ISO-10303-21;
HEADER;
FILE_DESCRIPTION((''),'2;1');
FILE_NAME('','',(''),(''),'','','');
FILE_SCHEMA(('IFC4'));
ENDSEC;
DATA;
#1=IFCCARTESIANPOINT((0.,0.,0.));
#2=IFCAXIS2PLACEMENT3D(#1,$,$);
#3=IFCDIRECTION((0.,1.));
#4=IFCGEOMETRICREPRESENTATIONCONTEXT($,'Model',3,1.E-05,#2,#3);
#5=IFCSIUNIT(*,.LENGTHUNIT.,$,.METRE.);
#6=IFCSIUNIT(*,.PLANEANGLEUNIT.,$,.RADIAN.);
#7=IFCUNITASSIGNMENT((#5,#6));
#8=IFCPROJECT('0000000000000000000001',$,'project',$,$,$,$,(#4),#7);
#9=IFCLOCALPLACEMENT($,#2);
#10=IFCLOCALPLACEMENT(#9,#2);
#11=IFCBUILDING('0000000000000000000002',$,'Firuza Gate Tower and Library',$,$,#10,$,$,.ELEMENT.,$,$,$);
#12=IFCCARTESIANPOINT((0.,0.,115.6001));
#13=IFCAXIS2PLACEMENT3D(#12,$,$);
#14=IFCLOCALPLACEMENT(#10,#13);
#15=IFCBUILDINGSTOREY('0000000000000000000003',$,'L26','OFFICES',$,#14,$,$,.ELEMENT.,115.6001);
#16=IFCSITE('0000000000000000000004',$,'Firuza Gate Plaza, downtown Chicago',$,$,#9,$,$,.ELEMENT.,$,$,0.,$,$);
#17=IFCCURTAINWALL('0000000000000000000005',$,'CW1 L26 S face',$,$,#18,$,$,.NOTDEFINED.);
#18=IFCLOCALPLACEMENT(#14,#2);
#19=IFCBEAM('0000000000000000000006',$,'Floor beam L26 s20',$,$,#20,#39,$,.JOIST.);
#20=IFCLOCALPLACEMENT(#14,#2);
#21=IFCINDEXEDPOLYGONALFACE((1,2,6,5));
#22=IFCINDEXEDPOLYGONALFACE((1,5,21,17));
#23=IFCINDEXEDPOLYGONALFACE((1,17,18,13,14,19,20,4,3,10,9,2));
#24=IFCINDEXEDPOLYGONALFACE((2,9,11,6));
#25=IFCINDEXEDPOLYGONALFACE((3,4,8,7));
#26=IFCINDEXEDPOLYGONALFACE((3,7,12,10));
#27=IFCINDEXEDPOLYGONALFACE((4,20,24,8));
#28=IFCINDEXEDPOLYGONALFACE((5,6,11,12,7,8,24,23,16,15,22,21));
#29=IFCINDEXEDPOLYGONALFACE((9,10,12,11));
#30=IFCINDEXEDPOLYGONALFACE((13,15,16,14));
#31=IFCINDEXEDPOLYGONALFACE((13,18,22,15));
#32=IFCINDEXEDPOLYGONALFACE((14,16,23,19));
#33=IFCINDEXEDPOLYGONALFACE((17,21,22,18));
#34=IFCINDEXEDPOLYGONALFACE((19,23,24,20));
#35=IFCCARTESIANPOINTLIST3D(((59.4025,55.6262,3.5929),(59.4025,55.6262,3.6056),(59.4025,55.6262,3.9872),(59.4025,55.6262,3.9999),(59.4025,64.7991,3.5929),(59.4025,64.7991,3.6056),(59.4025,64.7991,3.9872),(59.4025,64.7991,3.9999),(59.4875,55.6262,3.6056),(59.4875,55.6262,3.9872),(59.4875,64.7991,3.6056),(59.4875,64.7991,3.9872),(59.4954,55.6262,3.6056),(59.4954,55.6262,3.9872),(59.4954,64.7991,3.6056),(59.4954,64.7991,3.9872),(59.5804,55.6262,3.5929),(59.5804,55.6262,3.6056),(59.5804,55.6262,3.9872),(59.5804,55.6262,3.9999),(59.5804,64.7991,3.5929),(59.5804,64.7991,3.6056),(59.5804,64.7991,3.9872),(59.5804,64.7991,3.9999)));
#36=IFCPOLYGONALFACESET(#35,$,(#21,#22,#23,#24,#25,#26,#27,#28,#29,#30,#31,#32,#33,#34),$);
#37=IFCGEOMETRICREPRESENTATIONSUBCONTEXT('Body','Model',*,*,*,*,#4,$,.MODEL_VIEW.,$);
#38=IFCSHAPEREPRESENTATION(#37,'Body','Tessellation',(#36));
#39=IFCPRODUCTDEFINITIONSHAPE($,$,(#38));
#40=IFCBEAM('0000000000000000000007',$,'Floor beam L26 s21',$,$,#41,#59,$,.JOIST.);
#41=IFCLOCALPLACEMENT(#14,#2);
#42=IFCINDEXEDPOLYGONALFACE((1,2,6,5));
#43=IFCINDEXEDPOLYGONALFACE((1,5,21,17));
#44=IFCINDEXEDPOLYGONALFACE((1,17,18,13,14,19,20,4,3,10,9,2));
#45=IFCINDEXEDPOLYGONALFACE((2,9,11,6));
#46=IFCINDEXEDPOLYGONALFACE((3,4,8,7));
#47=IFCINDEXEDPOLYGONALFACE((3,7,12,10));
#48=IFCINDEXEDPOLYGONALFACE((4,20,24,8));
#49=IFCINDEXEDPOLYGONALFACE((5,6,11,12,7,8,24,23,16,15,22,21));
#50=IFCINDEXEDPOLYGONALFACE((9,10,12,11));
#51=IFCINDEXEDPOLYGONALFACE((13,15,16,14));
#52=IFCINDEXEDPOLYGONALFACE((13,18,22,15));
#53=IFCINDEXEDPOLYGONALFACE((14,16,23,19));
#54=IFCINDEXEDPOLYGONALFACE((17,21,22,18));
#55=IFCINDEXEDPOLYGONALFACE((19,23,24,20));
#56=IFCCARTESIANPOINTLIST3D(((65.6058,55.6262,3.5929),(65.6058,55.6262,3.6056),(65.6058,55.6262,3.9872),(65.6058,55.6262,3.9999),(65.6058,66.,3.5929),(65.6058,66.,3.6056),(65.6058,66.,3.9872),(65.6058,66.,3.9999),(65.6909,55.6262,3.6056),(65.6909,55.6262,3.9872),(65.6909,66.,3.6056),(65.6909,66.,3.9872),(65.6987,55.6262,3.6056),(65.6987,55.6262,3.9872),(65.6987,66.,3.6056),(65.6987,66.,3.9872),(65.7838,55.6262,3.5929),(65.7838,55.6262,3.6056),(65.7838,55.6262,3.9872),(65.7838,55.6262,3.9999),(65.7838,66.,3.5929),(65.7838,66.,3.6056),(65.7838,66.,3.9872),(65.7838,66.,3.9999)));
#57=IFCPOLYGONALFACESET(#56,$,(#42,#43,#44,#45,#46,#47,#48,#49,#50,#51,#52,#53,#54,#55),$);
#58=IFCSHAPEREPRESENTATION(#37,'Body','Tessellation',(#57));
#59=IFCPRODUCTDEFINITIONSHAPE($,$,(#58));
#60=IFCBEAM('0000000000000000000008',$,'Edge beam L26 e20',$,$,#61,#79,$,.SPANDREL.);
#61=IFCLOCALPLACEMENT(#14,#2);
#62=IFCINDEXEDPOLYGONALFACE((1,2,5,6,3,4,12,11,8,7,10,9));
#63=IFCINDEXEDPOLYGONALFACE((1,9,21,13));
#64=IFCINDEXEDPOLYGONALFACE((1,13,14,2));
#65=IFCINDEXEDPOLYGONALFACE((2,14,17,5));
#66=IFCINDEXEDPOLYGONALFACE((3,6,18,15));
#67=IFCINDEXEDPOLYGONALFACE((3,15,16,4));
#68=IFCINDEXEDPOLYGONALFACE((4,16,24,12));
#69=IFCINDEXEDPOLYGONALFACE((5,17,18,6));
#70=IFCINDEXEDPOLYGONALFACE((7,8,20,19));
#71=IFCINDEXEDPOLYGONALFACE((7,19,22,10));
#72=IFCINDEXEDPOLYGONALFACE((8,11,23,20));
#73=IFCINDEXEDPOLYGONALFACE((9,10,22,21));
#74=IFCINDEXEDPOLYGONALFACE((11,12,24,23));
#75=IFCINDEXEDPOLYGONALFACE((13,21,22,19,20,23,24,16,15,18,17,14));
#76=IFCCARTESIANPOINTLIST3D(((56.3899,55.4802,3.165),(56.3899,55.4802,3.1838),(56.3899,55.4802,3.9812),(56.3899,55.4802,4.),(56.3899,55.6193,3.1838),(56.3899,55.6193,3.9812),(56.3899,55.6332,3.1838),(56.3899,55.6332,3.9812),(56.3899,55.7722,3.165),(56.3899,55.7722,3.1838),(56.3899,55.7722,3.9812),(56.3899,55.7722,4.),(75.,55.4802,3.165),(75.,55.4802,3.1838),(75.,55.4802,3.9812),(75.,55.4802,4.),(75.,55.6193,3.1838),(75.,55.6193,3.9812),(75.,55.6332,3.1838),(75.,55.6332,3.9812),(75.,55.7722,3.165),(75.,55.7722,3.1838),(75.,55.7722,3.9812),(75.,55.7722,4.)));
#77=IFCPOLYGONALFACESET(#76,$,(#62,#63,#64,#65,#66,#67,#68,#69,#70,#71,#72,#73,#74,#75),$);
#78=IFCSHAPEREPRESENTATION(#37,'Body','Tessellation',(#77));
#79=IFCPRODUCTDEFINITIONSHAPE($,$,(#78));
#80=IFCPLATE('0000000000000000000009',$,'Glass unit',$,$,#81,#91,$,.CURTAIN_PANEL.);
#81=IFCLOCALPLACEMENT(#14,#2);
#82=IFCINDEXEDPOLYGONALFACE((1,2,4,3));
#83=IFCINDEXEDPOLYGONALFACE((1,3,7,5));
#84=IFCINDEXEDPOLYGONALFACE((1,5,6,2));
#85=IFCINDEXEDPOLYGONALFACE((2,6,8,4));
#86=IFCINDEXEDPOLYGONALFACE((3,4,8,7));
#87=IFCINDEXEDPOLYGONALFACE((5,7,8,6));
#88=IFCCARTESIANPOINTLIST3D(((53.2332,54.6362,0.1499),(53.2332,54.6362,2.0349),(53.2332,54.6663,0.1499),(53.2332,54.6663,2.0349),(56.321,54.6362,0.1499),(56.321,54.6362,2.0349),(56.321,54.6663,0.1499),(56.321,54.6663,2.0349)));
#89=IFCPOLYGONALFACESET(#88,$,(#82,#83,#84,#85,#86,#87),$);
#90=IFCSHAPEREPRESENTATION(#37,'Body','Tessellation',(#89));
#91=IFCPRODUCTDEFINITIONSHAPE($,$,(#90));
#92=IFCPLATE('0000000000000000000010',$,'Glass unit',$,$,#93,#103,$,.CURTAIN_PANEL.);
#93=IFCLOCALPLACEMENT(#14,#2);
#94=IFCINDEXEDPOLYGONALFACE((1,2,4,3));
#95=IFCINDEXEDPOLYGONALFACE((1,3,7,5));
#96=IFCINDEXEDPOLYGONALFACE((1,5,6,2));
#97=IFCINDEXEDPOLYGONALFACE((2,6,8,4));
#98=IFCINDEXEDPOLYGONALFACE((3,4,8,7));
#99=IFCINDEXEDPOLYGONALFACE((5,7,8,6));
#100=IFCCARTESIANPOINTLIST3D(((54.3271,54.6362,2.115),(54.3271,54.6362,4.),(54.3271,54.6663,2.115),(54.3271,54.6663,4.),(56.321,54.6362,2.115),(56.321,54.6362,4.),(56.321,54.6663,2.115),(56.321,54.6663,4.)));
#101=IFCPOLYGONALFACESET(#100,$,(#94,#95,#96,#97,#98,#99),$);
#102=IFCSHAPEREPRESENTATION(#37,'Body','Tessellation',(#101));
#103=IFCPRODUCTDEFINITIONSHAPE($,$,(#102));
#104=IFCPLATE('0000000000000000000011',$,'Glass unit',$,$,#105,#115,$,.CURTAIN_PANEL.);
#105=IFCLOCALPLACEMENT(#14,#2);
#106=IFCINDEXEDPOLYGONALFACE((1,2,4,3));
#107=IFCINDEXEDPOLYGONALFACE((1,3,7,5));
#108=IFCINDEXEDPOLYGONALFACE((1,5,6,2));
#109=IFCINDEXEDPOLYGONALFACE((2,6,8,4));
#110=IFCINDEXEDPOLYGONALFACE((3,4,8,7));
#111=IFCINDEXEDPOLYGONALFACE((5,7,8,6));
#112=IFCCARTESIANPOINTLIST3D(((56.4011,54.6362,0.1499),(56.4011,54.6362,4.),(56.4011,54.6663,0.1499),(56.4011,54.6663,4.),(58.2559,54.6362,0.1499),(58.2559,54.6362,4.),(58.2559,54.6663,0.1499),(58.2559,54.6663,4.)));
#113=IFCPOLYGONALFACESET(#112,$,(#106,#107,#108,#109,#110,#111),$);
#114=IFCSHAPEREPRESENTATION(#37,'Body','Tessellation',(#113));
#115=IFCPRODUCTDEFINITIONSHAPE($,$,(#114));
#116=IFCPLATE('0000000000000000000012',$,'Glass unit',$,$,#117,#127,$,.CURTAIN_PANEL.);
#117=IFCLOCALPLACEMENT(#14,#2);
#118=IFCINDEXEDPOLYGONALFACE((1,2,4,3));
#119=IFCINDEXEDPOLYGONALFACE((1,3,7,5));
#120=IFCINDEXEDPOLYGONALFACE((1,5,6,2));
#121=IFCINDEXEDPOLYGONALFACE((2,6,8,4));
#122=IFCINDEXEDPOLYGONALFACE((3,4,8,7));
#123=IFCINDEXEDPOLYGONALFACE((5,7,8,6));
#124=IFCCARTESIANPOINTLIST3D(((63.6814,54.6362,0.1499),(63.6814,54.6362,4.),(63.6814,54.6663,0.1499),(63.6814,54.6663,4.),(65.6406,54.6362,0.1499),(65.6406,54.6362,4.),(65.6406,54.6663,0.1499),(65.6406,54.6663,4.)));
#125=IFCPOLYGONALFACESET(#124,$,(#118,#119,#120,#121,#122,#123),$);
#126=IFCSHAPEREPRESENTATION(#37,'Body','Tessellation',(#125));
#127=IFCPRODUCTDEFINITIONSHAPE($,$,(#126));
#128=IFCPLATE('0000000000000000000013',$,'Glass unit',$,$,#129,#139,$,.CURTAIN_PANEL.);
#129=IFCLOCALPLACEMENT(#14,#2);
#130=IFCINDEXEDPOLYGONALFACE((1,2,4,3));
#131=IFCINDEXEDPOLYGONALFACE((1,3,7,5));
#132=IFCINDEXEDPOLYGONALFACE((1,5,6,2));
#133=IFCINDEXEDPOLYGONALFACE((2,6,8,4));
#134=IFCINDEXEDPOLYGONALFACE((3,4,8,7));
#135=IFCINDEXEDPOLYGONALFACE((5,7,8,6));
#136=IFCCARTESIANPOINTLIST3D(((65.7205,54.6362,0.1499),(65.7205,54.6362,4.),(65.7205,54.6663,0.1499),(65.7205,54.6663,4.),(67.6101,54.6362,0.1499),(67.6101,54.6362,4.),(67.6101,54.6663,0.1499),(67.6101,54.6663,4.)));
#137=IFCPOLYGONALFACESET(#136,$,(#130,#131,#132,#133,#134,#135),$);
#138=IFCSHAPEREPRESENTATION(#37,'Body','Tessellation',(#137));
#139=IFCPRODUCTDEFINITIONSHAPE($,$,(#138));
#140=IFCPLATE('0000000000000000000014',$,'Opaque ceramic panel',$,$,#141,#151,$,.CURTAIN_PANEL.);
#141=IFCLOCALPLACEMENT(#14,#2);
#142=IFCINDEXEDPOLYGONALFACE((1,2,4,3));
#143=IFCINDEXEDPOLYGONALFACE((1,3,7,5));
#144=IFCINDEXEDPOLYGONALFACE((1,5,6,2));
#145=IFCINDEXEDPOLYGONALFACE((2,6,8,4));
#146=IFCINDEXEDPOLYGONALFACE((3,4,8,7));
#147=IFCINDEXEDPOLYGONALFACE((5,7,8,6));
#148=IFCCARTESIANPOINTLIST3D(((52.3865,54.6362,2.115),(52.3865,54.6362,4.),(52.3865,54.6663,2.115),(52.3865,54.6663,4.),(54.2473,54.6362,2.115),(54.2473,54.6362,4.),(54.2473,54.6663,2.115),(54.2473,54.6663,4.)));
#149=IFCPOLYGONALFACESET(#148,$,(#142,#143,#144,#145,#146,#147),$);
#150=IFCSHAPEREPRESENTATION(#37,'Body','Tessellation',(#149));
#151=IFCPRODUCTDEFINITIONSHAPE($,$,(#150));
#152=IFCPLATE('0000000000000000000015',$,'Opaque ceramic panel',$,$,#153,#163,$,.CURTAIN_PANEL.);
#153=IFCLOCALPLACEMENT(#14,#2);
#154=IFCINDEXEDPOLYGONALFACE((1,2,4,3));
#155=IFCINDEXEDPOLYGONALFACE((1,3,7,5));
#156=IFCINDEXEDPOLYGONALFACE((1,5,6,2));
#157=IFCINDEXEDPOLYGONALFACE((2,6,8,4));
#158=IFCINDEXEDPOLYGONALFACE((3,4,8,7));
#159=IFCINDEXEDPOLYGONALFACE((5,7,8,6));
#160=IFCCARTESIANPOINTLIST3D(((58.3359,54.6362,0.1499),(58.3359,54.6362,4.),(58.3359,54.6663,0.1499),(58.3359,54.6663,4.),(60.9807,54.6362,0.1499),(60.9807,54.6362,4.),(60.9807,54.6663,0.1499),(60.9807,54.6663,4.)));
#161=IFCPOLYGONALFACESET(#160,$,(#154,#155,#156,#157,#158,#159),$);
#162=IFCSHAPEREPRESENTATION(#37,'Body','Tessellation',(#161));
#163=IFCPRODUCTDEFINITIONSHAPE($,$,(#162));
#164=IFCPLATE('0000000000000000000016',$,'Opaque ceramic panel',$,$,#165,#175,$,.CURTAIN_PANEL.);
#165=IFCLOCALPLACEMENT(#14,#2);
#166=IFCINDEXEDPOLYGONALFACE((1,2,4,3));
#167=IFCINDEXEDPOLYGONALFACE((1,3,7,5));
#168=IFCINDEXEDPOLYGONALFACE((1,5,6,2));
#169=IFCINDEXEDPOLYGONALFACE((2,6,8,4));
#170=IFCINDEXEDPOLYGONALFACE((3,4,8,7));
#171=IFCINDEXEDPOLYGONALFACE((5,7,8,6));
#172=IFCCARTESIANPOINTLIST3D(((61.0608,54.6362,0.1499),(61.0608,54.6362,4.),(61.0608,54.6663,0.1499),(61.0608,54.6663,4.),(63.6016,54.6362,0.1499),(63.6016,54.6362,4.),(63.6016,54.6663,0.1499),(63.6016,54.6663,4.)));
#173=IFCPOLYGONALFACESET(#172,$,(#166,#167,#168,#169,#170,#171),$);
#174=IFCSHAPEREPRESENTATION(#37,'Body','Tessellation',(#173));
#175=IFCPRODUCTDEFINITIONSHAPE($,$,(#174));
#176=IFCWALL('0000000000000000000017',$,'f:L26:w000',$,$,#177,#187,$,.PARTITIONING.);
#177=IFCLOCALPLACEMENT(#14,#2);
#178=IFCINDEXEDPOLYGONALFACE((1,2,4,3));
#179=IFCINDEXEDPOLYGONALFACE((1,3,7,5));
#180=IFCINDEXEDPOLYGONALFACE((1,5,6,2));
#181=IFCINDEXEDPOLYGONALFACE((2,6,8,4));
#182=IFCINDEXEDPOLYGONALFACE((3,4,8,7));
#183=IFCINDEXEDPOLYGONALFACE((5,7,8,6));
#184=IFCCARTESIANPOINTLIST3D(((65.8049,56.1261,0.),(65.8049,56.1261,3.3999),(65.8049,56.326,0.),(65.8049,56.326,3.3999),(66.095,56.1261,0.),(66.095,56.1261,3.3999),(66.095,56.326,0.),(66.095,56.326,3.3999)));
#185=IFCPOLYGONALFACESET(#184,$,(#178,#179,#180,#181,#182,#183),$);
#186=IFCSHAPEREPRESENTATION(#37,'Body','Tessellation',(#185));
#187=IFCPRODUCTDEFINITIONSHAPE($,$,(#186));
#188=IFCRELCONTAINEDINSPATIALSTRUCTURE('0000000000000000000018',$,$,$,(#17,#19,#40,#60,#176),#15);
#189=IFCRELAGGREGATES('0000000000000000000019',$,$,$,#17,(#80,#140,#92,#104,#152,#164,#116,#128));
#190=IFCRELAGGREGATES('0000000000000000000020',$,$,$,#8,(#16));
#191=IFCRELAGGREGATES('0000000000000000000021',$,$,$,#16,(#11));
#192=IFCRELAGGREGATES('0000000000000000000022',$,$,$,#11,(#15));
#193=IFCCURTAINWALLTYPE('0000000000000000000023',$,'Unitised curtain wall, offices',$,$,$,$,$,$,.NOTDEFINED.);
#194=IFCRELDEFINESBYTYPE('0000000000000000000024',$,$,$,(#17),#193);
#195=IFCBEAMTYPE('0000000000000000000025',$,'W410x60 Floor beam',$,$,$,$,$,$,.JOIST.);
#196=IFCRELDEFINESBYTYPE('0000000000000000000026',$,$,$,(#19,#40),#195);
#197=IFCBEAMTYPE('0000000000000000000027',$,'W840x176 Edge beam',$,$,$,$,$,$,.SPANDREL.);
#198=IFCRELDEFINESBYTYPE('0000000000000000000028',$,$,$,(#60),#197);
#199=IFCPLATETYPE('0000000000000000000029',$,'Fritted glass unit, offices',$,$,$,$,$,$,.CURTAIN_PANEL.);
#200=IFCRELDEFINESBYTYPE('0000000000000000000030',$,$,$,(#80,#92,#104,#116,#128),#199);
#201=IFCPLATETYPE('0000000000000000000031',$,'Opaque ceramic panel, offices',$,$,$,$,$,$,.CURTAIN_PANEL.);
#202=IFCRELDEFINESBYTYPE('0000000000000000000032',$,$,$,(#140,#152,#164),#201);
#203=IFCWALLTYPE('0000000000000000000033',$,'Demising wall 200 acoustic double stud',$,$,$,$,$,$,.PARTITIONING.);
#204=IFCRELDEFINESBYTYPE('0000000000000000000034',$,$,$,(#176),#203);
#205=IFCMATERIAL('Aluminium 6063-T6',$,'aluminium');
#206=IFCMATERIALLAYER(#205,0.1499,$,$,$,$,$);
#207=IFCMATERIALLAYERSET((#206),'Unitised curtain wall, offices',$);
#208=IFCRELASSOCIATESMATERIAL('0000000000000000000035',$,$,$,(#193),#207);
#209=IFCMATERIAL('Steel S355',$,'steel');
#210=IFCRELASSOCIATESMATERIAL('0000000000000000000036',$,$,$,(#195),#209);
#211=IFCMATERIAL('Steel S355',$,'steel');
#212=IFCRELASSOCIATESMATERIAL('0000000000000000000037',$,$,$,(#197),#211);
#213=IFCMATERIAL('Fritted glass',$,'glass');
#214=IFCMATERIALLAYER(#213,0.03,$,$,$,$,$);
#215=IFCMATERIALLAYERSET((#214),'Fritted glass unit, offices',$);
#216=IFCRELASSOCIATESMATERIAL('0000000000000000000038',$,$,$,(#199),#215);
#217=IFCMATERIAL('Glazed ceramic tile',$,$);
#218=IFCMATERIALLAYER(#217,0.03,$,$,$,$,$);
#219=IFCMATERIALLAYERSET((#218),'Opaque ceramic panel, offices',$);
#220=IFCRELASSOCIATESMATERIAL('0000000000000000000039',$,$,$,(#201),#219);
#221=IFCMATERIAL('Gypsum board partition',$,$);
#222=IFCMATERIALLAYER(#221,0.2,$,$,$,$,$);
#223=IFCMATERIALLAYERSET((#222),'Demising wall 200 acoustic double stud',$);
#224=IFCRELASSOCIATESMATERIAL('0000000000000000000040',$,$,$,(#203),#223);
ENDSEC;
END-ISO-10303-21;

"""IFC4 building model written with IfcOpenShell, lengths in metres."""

from ifc_helpers import new_model, si_unit, direction, frame, frame_2d, origin, origin_2d, place, context, subcontext, project, spatial, polyline, rectangle, i_section, outline, extrude, material, layer, layer_set, material_profile, profile_set, type_object, element, aggregate, save


model = new_model("IFC4")

# Units and contexts
model_context = context("Model", 3, precision=1e-05, world=origin(), true_north=direction((0.0, 1.0)))
body_context = subcontext(model_context, "Body", "Model", "MODEL_VIEW")
ifc_project = project(units=[si_unit("LENGTHUNIT", "METRE"), si_unit("PLANEANGLEUNIT", "RADIAN")], contexts=[model_context])

# Site, building, storey
site_placement = place(None, origin())
site = spatial("IfcSite", under=ifc_project, at=site_placement, Name="Firuza Gate Plaza, downtown Chicago", CompositionType="ELEMENT", RefElevation=0.0)
building_placement = place(site_placement, origin())
building = spatial("IfcBuilding", under=site, at=building_placement, Name="Firuza Gate Tower and Library", CompositionType="ELEMENT")
storey_placement = place(building_placement, frame((0.0, 0.0, 115.6001)))
storey = spatial("IfcBuildingStorey", under=building, at=storey_placement, Name="L26", Description="OFFICES", CompositionType="ELEMENT", Elevation=115.6001)

# Curtain wall
ifc_material_1 = material(Name="Aluminium 6063-T6", Category="aluminium")
ifc_layer_1 = layer(ifc_material_1, 0.1499)
ifc_layer_set_1 = layer_set([ifc_layer_1], Name="Unitised curtain wall, offices")
curtain_wall_type = type_object("IfcCurtainWallType", Name="Unitised curtain wall, offices", PredefinedType="NOTDEFINED", material=ifc_layer_set_1)
curtain_wall_placement = place(storey_placement, origin())
curtain_wall = element("IfcCurtainWall", 1, at=curtain_wall_placement, inside=storey, type_object=curtain_wall_type, Name="CW1 L26 S face", PredefinedType="NOTDEFINED")

# Beams
ifc_material_2 = material(Name="Steel S355", Category="steel")
ifc_material_profile_1 = material_profile(ifc_material_2, i_section(OverallWidth=0.178, OverallDepth=0.407, WebThickness=0.0078, FlangeThickness=0.0127, at=origin_2d()))
ifc_profile_set_1 = profile_set([ifc_material_profile_1], Name="Steel S355")
beam_type_1 = type_object("IfcBeamType", Name="W410x60 Floor beam", PredefinedType="JOIST", material=ifc_profile_set_1)
beam_1_placement = place(storey_placement, frame((59.4915, 55.6262, 3.7964), z_axis=(0.0, 1.0, 0.0), x_axis=(-1.0, 0.0, 0.0)))
element("IfcBeam", 2, at=beam_1_placement, inside=storey, type_object=beam_type_1, Name="Floor beam L26 s20", PredefinedType="JOIST", context=body_context, shape_type="SweptSolid", body=[
    extrude(i_section(OverallWidth=0.178, OverallDepth=0.407, WebThickness=0.0078, FlangeThickness=0.0127, at=origin_2d()), origin(), (0.0, 0.0, 1.0), 9.1729),
])
beam_2_placement = place(storey_placement, frame((65.6948, 55.6262, 3.7964), z_axis=(0.0, 1.0, 0.0), x_axis=(-1.0, 0.0, 0.0)))
element("IfcBeam", 3, at=beam_2_placement, inside=storey, type_object=beam_type_1, Name="Floor beam L26 s21", PredefinedType="JOIST", context=body_context, shape_type="SweptSolid", body=[
    extrude(i_section(OverallWidth=0.178, OverallDepth=0.407, WebThickness=0.0078, FlangeThickness=0.0127, at=origin_2d()), origin(), (0.0, 0.0, 1.0), 10.3738),
])
ifc_material_3 = material(Name="Steel S355", Category="steel")
ifc_material_profile_2 = material_profile(ifc_material_3, i_section(OverallWidth=0.292, OverallDepth=0.835, WebThickness=0.0139, FlangeThickness=0.0188, at=origin_2d()))
ifc_profile_set_2 = profile_set([ifc_material_profile_2], Name="Steel S355")
beam_type_2 = type_object("IfcBeamType", Name="W840x176 Edge beam", PredefinedType="SPANDREL", material=ifc_profile_set_2)
beam_3_placement = place(storey_placement, frame((56.3899, 55.6262, 3.5825), z_axis=(1.0, 0.0, 0.0), x_axis=(0.0, 1.0, 0.0)))
element("IfcBeam", 4, at=beam_3_placement, inside=storey, type_object=beam_type_2, Name="Edge beam L26 e20", PredefinedType="SPANDREL", context=body_context, shape_type="SweptSolid", body=[
    extrude(i_section(OverallWidth=0.292, OverallDepth=0.835, WebThickness=0.0139, FlangeThickness=0.0188, at=origin_2d()), origin(), (0.0, 0.0, 1.0), 18.6101),
])

# Plates
ifc_material_4 = material(Name="Fritted glass", Category="glass")
ifc_layer_2 = layer(ifc_material_4, 0.03)
ifc_layer_set_2 = layer_set([ifc_layer_2], Name="Fritted glass unit, offices")
plate_type_1 = type_object("IfcPlateType", Name="Fritted glass unit, offices", PredefinedType="CURTAIN_PANEL", material=ifc_layer_set_2)
plate_1_placement = place(storey_placement, frame((53.2332, 54.6362, 0.1499), z_axis=(0.0, -1.0, 0.0), x_axis=(1.0, 0.0, 0.0)))
plate_1 = element("IfcPlate", 5, at=plate_1_placement, type_object=plate_type_1, Name="Glass unit", PredefinedType="CURTAIN_PANEL", context=body_context, shape_type="SweptSolid", body=[
    extrude(outline(polyline([(0.0, 0.0), (3.0879, 0.0), (3.0879, 1.885), (0.0, 1.885), (0.0, 0.0)])), origin(), (0.0, 0.0, -1.0), 0.03),
])
plate_2_placement = place(storey_placement, frame((54.3271, 54.6362, 2.115), z_axis=(0.0, -1.0, 0.0), x_axis=(1.0, 0.0, 0.0)))
plate_2 = element("IfcPlate", 6, at=plate_2_placement, type_object=plate_type_1, Name="Glass unit", PredefinedType="CURTAIN_PANEL", context=body_context, shape_type="SweptSolid", body=[
    extrude(outline(polyline([(0.0, 0.0), (1.9939, 0.0), (1.9939, 1.885), (0.0, 1.885), (0.0, 0.0)])), origin(), (0.0, 0.0, -1.0), 0.03),
])
plate_3_placement = place(storey_placement, frame((56.4011, 54.6362, 0.1499), z_axis=(0.0, -1.0, 0.0), x_axis=(1.0, 0.0, 0.0)))
plate_3 = element("IfcPlate", 7, at=plate_3_placement, type_object=plate_type_1, Name="Glass unit", PredefinedType="CURTAIN_PANEL", context=body_context, shape_type="SweptSolid", body=[
    extrude(outline(polyline([(0.0, 0.0), (1.8547, 0.0), (1.8547, 3.8501), (0.0, 3.8501), (0.0, 0.0)])), origin(), (0.0, 0.0, -1.0), 0.03),
])
plate_4_placement = place(storey_placement, frame((63.6814, 54.6362, 0.1499), z_axis=(0.0, -1.0, 0.0), x_axis=(1.0, 0.0, 0.0)))
plate_4 = element("IfcPlate", 8, at=plate_4_placement, type_object=plate_type_1, Name="Glass unit", PredefinedType="CURTAIN_PANEL", context=body_context, shape_type="SweptSolid", body=[
    extrude(outline(polyline([(0.0, 0.0), (1.9592, 0.0), (1.9592, 3.8501), (0.0, 3.8501), (0.0, 0.0)])), origin(), (0.0, 0.0, -1.0), 0.03),
])
plate_5_placement = place(storey_placement, frame((65.7205, 54.6362, 0.1499), z_axis=(0.0, -1.0, 0.0), x_axis=(1.0, 0.0, 0.0)))
plate_5 = element("IfcPlate", 9, at=plate_5_placement, type_object=plate_type_1, Name="Glass unit", PredefinedType="CURTAIN_PANEL", context=body_context, shape_type="SweptSolid", body=[
    extrude(outline(polyline([(0.0, 0.0), (1.8896, 0.0), (1.8896, 3.8501), (0.0, 3.8501), (0.0, 0.0)])), origin(), (0.0, 0.0, -1.0), 0.03),
])
ifc_material_5 = material(Name="Glazed ceramic tile")
ifc_layer_3 = layer(ifc_material_5, 0.03)
ifc_layer_set_3 = layer_set([ifc_layer_3], Name="Opaque ceramic panel, offices")
plate_type_2 = type_object("IfcPlateType", Name="Opaque ceramic panel, offices", PredefinedType="CURTAIN_PANEL", material=ifc_layer_set_3)
plate_6_placement = place(storey_placement, frame((52.3865, 54.6362, 2.115), z_axis=(0.0, -1.0, 0.0), x_axis=(1.0, 0.0, 0.0)))
plate_6 = element("IfcPlate", 10, at=plate_6_placement, type_object=plate_type_2, Name="Opaque ceramic panel", PredefinedType="CURTAIN_PANEL", context=body_context, shape_type="SweptSolid", body=[
    extrude(outline(polyline([(0.0, 0.0), (1.8608, 0.0), (1.8608, 1.885), (0.0, 1.885), (0.0, 0.0)])), origin(), (0.0, 0.0, -1.0), 0.03),
])
plate_7_placement = place(storey_placement, frame((58.3359, 54.6362, 0.1499), z_axis=(0.0, -1.0, 0.0), x_axis=(1.0, 0.0, 0.0)))
plate_7 = element("IfcPlate", 11, at=plate_7_placement, type_object=plate_type_2, Name="Opaque ceramic panel", PredefinedType="CURTAIN_PANEL", context=body_context, shape_type="SweptSolid", body=[
    extrude(outline(polyline([(0.0, 0.0), (2.6448, 0.0), (2.6448, 3.8501), (0.0, 3.8501), (0.0, 0.0)])), origin(), (0.0, 0.0, -1.0), 0.03),
])
plate_8_placement = place(storey_placement, frame((61.0608, 54.6362, 0.1499), z_axis=(0.0, -1.0, 0.0), x_axis=(1.0, 0.0, 0.0)))
plate_8 = element("IfcPlate", 12, at=plate_8_placement, type_object=plate_type_2, Name="Opaque ceramic panel", PredefinedType="CURTAIN_PANEL", context=body_context, shape_type="SweptSolid", body=[
    extrude(outline(polyline([(0.0, 0.0), (2.5408, 0.0), (2.5408, 3.8501), (0.0, 3.8501), (0.0, 0.0)])), origin(), (0.0, 0.0, -1.0), 0.03),
])
aggregate(curtain_wall, [plate_1, plate_6, plate_2, plate_3, plate_7, plate_8, plate_4, plate_5])

# Wall
ifc_material_6 = material(Name="Gypsum board partition")
ifc_layer_4 = layer(ifc_material_6, 0.2)
ifc_layer_set_4 = layer_set([ifc_layer_4], Name="Demising wall 200 acoustic double stud")
wall_type_1 = type_object("IfcWallType", Name="Demising wall 200 acoustic double stud", PredefinedType="PARTITIONING", material=ifc_layer_set_4)
wall_1_placement = place(storey_placement, frame((65.8049, 56.2261, 0.0), z_axis=(0.0, 0.0, 1.0), x_axis=(1.0, 0.0, 0.0)))
element("IfcWall", 13, at=wall_1_placement, inside=storey, type_object=wall_type_1, Name="f:L26:w000", PredefinedType="PARTITIONING", context=body_context, shape_type="SweptSolid", body=[
    extrude(rectangle(XDim=0.29, YDim=0.2, at=frame_2d((0.145, 0.0))), origin(), (0.0, 0.0, 1.0), 3.3999),
])

save(model, "model.ifc")
